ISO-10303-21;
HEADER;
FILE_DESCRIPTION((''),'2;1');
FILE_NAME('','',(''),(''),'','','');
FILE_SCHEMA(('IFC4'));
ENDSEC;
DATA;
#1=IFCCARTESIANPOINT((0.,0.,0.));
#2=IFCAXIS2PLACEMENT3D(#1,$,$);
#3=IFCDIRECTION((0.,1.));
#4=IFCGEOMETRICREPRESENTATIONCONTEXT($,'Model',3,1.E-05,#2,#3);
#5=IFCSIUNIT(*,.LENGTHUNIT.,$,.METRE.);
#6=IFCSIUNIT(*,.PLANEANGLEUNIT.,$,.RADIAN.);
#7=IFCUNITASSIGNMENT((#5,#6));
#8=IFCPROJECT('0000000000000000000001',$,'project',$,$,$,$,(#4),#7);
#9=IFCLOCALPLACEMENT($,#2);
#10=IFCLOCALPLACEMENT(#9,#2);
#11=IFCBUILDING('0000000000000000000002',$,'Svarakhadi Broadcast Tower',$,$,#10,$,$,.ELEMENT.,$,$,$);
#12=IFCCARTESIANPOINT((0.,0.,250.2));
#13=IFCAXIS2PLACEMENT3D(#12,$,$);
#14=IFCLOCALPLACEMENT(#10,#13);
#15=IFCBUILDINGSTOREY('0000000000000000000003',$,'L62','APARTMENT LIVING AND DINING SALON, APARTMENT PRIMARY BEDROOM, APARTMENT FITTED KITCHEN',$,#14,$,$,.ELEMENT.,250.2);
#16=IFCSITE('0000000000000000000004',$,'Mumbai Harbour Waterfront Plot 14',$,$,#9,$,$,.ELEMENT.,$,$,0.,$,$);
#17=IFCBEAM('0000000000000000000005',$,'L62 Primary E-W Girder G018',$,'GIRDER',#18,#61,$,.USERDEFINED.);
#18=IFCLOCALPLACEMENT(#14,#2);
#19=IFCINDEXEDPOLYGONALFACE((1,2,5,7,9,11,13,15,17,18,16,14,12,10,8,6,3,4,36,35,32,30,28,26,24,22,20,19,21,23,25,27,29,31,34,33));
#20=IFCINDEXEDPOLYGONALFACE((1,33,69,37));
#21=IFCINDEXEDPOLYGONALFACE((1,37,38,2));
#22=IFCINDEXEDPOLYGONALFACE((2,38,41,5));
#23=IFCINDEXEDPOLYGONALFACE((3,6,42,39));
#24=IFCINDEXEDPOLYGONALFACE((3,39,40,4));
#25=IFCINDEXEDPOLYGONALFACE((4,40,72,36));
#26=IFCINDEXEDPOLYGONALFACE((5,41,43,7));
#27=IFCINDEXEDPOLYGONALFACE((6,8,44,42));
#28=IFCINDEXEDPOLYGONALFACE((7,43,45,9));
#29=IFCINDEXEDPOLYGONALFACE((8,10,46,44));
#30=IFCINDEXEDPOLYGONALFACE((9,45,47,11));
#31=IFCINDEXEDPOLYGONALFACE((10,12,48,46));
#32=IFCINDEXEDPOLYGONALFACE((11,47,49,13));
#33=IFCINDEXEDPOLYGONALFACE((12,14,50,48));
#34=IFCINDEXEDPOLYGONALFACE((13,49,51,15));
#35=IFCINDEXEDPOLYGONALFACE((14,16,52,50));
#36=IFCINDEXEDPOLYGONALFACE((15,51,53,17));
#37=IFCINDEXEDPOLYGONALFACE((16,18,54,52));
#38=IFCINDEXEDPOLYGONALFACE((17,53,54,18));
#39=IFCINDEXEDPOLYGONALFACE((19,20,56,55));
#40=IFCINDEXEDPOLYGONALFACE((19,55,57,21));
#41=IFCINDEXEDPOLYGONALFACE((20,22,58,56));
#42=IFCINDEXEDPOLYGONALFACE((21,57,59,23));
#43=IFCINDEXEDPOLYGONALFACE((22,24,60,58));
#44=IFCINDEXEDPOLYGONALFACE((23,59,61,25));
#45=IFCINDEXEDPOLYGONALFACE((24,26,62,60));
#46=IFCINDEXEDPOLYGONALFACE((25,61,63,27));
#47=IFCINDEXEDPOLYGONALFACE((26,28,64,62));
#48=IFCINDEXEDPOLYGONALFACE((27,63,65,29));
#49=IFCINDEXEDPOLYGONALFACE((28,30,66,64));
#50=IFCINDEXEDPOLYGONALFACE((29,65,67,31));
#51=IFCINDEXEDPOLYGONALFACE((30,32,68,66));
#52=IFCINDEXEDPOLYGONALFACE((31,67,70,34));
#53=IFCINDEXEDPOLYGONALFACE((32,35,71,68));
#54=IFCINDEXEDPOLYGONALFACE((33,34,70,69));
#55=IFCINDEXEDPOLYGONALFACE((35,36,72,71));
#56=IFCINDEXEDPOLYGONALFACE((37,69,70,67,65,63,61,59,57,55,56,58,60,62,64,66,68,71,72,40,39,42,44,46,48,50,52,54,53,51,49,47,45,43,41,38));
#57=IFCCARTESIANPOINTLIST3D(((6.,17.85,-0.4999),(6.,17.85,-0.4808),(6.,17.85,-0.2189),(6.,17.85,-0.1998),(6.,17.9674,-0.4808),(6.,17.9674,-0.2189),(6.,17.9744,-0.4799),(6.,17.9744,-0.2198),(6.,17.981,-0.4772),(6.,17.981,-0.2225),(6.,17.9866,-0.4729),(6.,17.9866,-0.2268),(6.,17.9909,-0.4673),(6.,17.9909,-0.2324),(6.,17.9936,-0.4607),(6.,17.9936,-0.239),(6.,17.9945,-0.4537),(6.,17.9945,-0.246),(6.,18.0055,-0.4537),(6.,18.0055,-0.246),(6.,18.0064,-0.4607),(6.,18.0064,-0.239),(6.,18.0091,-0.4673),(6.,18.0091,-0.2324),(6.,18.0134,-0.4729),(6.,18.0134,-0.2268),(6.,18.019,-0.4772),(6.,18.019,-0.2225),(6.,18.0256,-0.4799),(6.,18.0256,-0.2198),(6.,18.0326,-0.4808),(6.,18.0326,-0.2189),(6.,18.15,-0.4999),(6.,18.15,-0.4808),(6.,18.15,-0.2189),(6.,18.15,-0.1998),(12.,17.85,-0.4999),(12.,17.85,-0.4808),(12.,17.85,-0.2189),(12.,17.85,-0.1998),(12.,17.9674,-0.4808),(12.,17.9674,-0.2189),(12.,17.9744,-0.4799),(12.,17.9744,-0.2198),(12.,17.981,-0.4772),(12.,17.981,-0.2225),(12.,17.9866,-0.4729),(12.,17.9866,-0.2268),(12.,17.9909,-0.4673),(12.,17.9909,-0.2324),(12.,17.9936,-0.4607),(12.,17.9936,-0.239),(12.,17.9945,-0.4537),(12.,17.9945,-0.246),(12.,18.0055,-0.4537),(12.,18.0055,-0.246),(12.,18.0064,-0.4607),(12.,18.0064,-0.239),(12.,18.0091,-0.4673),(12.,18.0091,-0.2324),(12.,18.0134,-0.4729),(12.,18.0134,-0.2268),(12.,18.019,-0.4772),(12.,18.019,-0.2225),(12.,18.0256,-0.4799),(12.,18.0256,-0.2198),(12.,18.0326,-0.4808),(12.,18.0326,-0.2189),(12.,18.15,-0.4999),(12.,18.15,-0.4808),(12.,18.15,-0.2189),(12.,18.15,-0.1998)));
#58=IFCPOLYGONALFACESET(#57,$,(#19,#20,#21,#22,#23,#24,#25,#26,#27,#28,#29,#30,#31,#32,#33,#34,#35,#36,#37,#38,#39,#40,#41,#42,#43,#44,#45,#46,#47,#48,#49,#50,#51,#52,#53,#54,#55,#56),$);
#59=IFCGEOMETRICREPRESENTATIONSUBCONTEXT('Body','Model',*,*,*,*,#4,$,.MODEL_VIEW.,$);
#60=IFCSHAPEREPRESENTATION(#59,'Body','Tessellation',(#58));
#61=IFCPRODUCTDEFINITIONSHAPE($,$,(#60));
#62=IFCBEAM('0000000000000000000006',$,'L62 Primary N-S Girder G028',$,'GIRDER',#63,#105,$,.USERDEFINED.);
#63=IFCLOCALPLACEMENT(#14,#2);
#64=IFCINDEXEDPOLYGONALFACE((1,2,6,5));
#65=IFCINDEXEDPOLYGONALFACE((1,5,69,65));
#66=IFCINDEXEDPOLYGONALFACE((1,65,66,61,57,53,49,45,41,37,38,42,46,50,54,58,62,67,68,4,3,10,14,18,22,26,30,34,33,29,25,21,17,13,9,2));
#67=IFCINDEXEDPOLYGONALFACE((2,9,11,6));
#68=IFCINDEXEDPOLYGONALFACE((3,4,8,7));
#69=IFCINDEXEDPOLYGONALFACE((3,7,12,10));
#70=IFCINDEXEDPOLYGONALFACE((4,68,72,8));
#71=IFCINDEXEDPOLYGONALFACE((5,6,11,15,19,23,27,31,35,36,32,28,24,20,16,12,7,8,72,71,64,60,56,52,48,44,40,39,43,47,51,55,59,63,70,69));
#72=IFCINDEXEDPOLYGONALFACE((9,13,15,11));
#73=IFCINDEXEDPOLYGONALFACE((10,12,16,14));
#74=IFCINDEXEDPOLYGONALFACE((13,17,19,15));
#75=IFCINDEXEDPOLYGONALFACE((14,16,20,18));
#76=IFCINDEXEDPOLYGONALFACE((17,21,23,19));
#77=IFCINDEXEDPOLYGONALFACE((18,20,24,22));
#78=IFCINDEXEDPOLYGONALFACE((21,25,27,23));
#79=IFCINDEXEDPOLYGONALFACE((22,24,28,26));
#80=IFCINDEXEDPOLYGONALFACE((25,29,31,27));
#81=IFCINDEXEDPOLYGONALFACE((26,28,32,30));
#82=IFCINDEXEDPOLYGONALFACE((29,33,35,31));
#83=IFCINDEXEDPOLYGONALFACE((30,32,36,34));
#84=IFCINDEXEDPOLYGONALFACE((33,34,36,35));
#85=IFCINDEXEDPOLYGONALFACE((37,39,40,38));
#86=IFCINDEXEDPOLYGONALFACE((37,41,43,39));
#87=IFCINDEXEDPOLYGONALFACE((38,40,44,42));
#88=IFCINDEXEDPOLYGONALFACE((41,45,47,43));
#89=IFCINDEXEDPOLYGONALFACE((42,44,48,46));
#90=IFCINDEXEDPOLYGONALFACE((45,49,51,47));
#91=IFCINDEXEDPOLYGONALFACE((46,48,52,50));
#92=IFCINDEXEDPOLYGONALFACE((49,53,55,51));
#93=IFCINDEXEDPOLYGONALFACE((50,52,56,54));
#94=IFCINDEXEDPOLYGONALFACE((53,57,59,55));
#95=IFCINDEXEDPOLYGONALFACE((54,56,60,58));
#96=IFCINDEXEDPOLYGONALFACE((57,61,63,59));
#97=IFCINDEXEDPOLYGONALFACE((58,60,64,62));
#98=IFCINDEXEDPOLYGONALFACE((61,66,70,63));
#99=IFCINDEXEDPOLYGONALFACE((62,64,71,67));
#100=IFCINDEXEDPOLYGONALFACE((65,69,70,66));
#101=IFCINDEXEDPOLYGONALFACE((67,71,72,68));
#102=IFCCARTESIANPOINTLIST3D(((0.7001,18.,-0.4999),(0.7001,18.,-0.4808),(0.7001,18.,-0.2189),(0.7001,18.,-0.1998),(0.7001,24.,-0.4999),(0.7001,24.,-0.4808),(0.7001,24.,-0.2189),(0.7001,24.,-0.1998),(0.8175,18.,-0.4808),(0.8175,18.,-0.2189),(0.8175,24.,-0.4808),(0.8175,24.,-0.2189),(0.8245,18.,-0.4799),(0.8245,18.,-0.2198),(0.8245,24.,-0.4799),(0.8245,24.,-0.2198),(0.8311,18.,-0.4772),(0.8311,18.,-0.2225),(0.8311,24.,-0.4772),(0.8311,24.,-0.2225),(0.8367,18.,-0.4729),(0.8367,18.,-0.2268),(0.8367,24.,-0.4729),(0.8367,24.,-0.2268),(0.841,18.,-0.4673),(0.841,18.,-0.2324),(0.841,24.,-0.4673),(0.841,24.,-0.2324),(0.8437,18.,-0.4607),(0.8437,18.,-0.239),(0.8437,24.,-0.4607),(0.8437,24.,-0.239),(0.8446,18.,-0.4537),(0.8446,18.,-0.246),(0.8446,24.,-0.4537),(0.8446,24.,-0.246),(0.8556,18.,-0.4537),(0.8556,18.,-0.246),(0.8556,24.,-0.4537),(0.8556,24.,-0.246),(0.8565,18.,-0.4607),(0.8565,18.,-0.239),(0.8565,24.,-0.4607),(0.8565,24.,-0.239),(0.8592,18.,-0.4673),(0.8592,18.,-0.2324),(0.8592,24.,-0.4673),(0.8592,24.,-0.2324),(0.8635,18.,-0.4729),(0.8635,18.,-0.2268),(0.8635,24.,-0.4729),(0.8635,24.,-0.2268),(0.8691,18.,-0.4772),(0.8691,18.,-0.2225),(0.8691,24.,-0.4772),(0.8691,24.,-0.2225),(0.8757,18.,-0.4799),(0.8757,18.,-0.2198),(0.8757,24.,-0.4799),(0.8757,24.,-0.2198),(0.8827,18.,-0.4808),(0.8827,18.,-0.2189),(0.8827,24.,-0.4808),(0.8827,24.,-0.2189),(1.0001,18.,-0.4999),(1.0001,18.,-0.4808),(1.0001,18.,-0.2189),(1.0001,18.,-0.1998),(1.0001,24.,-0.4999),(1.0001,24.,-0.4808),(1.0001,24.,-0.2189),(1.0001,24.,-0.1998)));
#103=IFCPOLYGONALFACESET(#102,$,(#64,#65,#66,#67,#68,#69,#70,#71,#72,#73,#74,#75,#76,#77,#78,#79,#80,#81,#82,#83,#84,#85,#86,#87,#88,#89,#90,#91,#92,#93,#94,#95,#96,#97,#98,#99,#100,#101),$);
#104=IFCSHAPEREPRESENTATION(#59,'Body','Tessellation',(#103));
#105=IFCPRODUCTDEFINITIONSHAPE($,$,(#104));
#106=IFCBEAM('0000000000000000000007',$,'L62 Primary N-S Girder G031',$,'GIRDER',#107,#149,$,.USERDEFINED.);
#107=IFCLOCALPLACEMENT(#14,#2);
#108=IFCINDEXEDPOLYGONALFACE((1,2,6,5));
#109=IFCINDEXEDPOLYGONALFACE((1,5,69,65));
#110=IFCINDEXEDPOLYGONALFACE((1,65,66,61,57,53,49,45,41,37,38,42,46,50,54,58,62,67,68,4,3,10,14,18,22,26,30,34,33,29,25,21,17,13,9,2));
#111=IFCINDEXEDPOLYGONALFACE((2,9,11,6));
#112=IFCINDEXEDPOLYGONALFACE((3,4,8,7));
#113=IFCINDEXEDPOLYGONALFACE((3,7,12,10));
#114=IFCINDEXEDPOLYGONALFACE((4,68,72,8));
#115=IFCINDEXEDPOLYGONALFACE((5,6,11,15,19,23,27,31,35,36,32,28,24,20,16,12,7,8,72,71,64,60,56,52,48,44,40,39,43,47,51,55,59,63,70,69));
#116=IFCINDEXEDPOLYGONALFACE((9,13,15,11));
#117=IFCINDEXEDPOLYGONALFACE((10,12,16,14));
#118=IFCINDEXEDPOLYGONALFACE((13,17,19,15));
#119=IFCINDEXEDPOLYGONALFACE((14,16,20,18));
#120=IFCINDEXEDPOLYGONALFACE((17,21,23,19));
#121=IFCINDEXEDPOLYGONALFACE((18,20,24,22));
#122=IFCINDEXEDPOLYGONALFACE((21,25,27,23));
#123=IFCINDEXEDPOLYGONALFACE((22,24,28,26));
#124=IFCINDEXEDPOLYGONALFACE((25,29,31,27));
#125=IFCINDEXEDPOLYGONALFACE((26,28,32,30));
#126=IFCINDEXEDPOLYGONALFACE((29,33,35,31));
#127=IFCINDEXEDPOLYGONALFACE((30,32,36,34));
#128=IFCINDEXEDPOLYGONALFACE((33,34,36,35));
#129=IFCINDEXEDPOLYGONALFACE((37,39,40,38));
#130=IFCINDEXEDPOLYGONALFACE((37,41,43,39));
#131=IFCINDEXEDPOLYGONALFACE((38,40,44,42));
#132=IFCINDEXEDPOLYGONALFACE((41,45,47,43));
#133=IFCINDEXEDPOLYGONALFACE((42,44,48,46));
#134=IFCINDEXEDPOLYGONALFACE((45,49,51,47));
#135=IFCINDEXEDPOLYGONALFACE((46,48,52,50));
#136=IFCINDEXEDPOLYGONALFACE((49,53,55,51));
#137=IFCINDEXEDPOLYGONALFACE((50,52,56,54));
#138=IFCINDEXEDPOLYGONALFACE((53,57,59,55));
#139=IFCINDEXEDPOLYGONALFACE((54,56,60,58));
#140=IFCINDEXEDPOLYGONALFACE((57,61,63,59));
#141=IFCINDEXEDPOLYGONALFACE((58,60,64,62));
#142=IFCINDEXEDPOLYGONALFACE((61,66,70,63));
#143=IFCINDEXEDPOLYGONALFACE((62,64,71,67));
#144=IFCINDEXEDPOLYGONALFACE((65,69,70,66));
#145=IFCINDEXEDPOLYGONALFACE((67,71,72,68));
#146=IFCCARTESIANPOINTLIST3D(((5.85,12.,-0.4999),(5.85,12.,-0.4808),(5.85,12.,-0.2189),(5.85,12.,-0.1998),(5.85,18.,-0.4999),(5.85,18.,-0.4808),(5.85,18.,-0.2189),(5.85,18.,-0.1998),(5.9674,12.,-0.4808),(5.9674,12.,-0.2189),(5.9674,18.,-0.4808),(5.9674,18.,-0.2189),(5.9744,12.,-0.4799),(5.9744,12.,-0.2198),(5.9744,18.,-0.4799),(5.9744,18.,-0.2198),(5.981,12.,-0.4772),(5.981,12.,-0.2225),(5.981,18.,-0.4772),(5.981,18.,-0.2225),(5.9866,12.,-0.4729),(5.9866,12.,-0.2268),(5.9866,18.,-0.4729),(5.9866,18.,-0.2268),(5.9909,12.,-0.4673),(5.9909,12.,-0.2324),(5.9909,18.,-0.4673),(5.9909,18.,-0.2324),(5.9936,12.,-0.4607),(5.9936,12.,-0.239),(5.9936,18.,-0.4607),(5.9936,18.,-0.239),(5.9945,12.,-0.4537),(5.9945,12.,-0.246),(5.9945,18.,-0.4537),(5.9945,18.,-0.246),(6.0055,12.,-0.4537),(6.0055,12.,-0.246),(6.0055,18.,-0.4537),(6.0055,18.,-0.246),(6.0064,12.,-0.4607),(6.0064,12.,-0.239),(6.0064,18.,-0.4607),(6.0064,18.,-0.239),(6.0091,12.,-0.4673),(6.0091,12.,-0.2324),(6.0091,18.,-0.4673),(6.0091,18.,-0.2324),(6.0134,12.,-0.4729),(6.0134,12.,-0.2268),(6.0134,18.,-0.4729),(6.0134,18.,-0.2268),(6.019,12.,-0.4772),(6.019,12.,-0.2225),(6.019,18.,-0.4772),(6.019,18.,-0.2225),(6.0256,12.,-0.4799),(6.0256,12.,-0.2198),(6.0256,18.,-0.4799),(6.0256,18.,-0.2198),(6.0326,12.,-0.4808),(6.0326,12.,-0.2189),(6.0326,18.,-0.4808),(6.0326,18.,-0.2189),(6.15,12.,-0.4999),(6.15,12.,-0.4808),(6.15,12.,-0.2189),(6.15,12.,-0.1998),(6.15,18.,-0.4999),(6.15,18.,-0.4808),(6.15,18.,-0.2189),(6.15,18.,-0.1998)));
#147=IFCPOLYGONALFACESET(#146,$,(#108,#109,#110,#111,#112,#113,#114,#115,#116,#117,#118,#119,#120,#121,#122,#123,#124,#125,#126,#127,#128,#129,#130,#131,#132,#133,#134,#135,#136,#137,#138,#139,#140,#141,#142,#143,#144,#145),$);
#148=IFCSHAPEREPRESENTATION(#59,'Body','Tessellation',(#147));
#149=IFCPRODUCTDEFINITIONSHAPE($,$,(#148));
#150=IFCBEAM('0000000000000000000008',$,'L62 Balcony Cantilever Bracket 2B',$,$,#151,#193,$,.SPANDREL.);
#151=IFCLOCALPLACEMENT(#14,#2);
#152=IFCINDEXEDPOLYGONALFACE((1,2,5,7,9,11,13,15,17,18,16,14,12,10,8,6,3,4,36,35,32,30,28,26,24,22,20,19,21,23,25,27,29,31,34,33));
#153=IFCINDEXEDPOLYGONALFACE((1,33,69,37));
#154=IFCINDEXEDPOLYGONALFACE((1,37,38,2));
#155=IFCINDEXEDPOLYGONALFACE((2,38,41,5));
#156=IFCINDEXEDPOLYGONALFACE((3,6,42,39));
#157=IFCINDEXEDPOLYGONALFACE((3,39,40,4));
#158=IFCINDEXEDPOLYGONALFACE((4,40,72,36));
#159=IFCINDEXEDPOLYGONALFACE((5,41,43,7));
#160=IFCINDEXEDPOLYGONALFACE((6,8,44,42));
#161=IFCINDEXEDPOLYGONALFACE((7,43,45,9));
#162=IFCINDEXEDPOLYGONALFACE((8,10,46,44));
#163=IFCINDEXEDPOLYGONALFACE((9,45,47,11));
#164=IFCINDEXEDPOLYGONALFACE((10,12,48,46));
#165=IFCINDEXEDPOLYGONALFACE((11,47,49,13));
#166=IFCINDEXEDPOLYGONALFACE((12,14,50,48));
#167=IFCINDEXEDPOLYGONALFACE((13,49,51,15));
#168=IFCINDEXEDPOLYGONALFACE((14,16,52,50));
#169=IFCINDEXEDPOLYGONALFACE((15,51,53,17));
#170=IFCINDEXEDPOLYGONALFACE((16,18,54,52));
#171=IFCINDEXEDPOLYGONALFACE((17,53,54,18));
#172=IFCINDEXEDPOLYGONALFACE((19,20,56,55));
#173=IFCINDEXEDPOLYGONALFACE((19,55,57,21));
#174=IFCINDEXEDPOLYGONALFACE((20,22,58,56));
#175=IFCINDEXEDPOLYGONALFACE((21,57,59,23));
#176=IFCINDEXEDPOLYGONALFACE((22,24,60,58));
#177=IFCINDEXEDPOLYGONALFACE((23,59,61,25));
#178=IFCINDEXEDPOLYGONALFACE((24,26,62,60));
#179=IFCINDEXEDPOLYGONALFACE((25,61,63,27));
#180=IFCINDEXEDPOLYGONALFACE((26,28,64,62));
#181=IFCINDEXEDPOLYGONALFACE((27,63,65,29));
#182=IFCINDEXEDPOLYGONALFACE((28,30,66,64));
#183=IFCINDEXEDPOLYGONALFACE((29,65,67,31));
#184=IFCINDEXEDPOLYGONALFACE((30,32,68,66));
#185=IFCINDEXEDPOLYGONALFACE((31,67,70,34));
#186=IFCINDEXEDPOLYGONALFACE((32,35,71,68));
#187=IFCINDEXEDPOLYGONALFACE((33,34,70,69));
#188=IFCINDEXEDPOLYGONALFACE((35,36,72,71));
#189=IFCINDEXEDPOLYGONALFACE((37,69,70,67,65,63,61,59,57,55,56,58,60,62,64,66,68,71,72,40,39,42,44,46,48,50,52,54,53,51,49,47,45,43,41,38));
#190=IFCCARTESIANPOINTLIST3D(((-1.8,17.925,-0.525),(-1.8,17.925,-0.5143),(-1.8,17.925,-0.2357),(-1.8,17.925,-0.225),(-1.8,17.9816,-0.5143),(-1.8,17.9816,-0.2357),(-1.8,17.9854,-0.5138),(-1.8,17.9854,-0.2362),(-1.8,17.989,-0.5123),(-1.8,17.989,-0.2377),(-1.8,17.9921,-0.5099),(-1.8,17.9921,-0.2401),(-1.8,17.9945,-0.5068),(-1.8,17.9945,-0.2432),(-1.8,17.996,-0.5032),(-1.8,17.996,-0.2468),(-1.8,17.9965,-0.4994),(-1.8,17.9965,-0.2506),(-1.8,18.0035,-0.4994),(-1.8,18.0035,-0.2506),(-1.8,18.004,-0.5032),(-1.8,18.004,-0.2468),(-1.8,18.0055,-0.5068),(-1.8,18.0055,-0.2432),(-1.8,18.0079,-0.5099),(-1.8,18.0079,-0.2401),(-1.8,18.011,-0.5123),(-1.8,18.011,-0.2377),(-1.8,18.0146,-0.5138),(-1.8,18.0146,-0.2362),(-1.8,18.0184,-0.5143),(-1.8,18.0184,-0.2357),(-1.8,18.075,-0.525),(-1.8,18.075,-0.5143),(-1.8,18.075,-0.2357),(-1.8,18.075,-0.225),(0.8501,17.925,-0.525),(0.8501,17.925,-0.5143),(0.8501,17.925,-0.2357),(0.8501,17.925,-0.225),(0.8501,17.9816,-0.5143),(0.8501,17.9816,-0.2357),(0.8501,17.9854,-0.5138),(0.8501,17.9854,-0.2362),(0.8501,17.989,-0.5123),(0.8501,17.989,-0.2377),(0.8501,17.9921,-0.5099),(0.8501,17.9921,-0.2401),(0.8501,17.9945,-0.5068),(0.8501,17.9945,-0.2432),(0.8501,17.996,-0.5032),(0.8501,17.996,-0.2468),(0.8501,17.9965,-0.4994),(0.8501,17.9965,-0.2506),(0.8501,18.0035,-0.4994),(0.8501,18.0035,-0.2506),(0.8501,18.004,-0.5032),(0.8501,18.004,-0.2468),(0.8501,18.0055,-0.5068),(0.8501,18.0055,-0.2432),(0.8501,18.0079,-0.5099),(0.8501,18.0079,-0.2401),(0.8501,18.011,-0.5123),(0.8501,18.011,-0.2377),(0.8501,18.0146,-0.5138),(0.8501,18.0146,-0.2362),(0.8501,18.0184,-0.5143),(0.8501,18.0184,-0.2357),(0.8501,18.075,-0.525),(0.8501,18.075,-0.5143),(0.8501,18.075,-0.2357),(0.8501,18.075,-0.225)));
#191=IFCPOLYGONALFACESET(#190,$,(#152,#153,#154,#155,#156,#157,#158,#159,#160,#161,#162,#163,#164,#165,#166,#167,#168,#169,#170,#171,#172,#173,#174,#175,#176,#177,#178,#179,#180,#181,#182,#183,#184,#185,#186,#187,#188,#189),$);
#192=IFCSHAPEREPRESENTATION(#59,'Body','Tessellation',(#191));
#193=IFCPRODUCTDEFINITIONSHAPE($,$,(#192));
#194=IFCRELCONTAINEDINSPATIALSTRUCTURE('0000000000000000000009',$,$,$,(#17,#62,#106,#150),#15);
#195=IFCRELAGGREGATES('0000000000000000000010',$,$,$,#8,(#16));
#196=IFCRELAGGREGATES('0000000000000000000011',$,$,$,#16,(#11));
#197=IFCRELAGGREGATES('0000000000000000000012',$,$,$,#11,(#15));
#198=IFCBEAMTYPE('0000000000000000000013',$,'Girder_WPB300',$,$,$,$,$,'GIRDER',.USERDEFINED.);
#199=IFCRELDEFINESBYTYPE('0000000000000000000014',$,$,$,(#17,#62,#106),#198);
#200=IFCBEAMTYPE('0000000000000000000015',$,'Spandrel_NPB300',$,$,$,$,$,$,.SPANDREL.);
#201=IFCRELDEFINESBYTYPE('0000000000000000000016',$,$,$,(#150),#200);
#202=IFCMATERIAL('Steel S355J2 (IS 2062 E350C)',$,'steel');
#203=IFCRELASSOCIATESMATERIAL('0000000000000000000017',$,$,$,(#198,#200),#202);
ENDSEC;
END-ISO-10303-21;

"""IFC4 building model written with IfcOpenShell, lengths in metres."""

from ifc_helpers import new_model, si_unit, direction, frame, origin, origin_2d, place, context, subcontext, project, spatial, i_section, extrude, material, material_profile, profile_set, type_object, element, save


model = new_model("IFC4")

# Units and contexts
model_context = context("Model", 3, precision=1e-05, world=origin(), true_north=direction((0.0, 1.0)))
body_context = subcontext(model_context, "Body", "Model", "MODEL_VIEW")
ifc_project = project(units=[si_unit("LENGTHUNIT", "METRE"), si_unit("PLANEANGLEUNIT", "RADIAN")], contexts=[model_context])

# Site, building, storey
site_placement = place(None, origin())
site = spatial("IfcSite", under=ifc_project, at=site_placement, Name="Mumbai Harbour Waterfront Plot 14", CompositionType="ELEMENT", RefElevation=0.0)
building_placement = place(site_placement, origin())
building = spatial("IfcBuilding", under=site, at=building_placement, Name="Svarakhadi Broadcast Tower", CompositionType="ELEMENT")
storey_placement = place(building_placement, frame((0.0, 0.0, 250.2)))
storey = spatial("IfcBuildingStorey", under=building, at=storey_placement, Name="L62", Description="APARTMENT LIVING AND DINING SALON, APARTMENT PRIMARY BEDROOM, APARTMENT FITTED KITCHEN", CompositionType="ELEMENT", Elevation=250.2)

# Shared definitions
ifc_material_1 = material(Name="Steel S355J2 (IS 2062 E350C)", Category="steel")

# Beams
ifc_material_profile_1 = material_profile(ifc_material_1, i_section(OverallWidth=0.3, OverallDepth=0.3, WebThickness=0.011, FlangeThickness=0.019, FilletRadius=0.0271, at=origin_2d()), Name="WPB 300x300x117")
ifc_profile_set_1 = profile_set([ifc_material_profile_1], Name="Steel S355J2 (IS 2062 E350C)")
beam_type_1 = type_object("IfcBeamType", Name="Girder_WPB300", ElementType="GIRDER", PredefinedType="USERDEFINED", material=ifc_profile_set_1)
for number, where, z_axis, x_axis, name in (
    (1, (6.0, 18.0, -0.3499), (1.0, 0.0, 0.0), (0.0, 1.0, 0.0), "L62 Primary E-W Girder G018"),
    (2, (0.8501, 18.0, -0.3499), (0.0, 1.0, 0.0), (-1.0, 0.0, 0.0), "L62 Primary N-S Girder G028"),
    (3, (6.0, 12.0, -0.3499), (0.0, 1.0, 0.0), (-1.0, 0.0, 0.0), "L62 Primary N-S Girder G031"),
):
    element("IfcBeam", number, at=place(storey_placement, frame(where, z_axis=z_axis, x_axis=x_axis)), inside=storey, type_object=beam_type_1, Name=name, ObjectType="GIRDER", PredefinedType="USERDEFINED", context=body_context, shape_type="SweptSolid", body=[
        extrude(i_section(OverallWidth=0.3, OverallDepth=0.3, WebThickness=0.011, FlangeThickness=0.019, FilletRadius=0.0271, at=origin_2d()), origin(), (0.0, 0.0, 1.0), 6.0),
    ])
ifc_material_profile_2 = material_profile(ifc_material_1, i_section(OverallWidth=0.1499, OverallDepth=0.3, WebThickness=0.0071, FlangeThickness=0.0107, FilletRadius=0.0149, at=origin_2d()), Name="NPB 300x150x37")
ifc_profile_set_2 = profile_set([ifc_material_profile_2], Name="Steel S355J2 (IS 2062 E350C)")
beam_type_2 = type_object("IfcBeamType", Name="Spandrel_NPB300", PredefinedType="SPANDREL", material=ifc_profile_set_2)
beam_1_placement = place(storey_placement, frame((0.8501, 18.0, -0.375), z_axis=(-1.0, 0.0, 0.0), x_axis=(0.0, -1.0, 0.0)))
element("IfcBeam", 4, at=beam_1_placement, inside=storey, type_object=beam_type_2, Name="L62 Balcony Cantilever Bracket 2B", PredefinedType="SPANDREL", context=body_context, shape_type="SweptSolid", body=[
    extrude(i_section(OverallWidth=0.1499, OverallDepth=0.3, WebThickness=0.0071, FlangeThickness=0.0107, FilletRadius=0.0149, at=origin_2d()), origin(), (0.0, 0.0, 1.0), 2.6501),
])

save(model, "model.ifc")
